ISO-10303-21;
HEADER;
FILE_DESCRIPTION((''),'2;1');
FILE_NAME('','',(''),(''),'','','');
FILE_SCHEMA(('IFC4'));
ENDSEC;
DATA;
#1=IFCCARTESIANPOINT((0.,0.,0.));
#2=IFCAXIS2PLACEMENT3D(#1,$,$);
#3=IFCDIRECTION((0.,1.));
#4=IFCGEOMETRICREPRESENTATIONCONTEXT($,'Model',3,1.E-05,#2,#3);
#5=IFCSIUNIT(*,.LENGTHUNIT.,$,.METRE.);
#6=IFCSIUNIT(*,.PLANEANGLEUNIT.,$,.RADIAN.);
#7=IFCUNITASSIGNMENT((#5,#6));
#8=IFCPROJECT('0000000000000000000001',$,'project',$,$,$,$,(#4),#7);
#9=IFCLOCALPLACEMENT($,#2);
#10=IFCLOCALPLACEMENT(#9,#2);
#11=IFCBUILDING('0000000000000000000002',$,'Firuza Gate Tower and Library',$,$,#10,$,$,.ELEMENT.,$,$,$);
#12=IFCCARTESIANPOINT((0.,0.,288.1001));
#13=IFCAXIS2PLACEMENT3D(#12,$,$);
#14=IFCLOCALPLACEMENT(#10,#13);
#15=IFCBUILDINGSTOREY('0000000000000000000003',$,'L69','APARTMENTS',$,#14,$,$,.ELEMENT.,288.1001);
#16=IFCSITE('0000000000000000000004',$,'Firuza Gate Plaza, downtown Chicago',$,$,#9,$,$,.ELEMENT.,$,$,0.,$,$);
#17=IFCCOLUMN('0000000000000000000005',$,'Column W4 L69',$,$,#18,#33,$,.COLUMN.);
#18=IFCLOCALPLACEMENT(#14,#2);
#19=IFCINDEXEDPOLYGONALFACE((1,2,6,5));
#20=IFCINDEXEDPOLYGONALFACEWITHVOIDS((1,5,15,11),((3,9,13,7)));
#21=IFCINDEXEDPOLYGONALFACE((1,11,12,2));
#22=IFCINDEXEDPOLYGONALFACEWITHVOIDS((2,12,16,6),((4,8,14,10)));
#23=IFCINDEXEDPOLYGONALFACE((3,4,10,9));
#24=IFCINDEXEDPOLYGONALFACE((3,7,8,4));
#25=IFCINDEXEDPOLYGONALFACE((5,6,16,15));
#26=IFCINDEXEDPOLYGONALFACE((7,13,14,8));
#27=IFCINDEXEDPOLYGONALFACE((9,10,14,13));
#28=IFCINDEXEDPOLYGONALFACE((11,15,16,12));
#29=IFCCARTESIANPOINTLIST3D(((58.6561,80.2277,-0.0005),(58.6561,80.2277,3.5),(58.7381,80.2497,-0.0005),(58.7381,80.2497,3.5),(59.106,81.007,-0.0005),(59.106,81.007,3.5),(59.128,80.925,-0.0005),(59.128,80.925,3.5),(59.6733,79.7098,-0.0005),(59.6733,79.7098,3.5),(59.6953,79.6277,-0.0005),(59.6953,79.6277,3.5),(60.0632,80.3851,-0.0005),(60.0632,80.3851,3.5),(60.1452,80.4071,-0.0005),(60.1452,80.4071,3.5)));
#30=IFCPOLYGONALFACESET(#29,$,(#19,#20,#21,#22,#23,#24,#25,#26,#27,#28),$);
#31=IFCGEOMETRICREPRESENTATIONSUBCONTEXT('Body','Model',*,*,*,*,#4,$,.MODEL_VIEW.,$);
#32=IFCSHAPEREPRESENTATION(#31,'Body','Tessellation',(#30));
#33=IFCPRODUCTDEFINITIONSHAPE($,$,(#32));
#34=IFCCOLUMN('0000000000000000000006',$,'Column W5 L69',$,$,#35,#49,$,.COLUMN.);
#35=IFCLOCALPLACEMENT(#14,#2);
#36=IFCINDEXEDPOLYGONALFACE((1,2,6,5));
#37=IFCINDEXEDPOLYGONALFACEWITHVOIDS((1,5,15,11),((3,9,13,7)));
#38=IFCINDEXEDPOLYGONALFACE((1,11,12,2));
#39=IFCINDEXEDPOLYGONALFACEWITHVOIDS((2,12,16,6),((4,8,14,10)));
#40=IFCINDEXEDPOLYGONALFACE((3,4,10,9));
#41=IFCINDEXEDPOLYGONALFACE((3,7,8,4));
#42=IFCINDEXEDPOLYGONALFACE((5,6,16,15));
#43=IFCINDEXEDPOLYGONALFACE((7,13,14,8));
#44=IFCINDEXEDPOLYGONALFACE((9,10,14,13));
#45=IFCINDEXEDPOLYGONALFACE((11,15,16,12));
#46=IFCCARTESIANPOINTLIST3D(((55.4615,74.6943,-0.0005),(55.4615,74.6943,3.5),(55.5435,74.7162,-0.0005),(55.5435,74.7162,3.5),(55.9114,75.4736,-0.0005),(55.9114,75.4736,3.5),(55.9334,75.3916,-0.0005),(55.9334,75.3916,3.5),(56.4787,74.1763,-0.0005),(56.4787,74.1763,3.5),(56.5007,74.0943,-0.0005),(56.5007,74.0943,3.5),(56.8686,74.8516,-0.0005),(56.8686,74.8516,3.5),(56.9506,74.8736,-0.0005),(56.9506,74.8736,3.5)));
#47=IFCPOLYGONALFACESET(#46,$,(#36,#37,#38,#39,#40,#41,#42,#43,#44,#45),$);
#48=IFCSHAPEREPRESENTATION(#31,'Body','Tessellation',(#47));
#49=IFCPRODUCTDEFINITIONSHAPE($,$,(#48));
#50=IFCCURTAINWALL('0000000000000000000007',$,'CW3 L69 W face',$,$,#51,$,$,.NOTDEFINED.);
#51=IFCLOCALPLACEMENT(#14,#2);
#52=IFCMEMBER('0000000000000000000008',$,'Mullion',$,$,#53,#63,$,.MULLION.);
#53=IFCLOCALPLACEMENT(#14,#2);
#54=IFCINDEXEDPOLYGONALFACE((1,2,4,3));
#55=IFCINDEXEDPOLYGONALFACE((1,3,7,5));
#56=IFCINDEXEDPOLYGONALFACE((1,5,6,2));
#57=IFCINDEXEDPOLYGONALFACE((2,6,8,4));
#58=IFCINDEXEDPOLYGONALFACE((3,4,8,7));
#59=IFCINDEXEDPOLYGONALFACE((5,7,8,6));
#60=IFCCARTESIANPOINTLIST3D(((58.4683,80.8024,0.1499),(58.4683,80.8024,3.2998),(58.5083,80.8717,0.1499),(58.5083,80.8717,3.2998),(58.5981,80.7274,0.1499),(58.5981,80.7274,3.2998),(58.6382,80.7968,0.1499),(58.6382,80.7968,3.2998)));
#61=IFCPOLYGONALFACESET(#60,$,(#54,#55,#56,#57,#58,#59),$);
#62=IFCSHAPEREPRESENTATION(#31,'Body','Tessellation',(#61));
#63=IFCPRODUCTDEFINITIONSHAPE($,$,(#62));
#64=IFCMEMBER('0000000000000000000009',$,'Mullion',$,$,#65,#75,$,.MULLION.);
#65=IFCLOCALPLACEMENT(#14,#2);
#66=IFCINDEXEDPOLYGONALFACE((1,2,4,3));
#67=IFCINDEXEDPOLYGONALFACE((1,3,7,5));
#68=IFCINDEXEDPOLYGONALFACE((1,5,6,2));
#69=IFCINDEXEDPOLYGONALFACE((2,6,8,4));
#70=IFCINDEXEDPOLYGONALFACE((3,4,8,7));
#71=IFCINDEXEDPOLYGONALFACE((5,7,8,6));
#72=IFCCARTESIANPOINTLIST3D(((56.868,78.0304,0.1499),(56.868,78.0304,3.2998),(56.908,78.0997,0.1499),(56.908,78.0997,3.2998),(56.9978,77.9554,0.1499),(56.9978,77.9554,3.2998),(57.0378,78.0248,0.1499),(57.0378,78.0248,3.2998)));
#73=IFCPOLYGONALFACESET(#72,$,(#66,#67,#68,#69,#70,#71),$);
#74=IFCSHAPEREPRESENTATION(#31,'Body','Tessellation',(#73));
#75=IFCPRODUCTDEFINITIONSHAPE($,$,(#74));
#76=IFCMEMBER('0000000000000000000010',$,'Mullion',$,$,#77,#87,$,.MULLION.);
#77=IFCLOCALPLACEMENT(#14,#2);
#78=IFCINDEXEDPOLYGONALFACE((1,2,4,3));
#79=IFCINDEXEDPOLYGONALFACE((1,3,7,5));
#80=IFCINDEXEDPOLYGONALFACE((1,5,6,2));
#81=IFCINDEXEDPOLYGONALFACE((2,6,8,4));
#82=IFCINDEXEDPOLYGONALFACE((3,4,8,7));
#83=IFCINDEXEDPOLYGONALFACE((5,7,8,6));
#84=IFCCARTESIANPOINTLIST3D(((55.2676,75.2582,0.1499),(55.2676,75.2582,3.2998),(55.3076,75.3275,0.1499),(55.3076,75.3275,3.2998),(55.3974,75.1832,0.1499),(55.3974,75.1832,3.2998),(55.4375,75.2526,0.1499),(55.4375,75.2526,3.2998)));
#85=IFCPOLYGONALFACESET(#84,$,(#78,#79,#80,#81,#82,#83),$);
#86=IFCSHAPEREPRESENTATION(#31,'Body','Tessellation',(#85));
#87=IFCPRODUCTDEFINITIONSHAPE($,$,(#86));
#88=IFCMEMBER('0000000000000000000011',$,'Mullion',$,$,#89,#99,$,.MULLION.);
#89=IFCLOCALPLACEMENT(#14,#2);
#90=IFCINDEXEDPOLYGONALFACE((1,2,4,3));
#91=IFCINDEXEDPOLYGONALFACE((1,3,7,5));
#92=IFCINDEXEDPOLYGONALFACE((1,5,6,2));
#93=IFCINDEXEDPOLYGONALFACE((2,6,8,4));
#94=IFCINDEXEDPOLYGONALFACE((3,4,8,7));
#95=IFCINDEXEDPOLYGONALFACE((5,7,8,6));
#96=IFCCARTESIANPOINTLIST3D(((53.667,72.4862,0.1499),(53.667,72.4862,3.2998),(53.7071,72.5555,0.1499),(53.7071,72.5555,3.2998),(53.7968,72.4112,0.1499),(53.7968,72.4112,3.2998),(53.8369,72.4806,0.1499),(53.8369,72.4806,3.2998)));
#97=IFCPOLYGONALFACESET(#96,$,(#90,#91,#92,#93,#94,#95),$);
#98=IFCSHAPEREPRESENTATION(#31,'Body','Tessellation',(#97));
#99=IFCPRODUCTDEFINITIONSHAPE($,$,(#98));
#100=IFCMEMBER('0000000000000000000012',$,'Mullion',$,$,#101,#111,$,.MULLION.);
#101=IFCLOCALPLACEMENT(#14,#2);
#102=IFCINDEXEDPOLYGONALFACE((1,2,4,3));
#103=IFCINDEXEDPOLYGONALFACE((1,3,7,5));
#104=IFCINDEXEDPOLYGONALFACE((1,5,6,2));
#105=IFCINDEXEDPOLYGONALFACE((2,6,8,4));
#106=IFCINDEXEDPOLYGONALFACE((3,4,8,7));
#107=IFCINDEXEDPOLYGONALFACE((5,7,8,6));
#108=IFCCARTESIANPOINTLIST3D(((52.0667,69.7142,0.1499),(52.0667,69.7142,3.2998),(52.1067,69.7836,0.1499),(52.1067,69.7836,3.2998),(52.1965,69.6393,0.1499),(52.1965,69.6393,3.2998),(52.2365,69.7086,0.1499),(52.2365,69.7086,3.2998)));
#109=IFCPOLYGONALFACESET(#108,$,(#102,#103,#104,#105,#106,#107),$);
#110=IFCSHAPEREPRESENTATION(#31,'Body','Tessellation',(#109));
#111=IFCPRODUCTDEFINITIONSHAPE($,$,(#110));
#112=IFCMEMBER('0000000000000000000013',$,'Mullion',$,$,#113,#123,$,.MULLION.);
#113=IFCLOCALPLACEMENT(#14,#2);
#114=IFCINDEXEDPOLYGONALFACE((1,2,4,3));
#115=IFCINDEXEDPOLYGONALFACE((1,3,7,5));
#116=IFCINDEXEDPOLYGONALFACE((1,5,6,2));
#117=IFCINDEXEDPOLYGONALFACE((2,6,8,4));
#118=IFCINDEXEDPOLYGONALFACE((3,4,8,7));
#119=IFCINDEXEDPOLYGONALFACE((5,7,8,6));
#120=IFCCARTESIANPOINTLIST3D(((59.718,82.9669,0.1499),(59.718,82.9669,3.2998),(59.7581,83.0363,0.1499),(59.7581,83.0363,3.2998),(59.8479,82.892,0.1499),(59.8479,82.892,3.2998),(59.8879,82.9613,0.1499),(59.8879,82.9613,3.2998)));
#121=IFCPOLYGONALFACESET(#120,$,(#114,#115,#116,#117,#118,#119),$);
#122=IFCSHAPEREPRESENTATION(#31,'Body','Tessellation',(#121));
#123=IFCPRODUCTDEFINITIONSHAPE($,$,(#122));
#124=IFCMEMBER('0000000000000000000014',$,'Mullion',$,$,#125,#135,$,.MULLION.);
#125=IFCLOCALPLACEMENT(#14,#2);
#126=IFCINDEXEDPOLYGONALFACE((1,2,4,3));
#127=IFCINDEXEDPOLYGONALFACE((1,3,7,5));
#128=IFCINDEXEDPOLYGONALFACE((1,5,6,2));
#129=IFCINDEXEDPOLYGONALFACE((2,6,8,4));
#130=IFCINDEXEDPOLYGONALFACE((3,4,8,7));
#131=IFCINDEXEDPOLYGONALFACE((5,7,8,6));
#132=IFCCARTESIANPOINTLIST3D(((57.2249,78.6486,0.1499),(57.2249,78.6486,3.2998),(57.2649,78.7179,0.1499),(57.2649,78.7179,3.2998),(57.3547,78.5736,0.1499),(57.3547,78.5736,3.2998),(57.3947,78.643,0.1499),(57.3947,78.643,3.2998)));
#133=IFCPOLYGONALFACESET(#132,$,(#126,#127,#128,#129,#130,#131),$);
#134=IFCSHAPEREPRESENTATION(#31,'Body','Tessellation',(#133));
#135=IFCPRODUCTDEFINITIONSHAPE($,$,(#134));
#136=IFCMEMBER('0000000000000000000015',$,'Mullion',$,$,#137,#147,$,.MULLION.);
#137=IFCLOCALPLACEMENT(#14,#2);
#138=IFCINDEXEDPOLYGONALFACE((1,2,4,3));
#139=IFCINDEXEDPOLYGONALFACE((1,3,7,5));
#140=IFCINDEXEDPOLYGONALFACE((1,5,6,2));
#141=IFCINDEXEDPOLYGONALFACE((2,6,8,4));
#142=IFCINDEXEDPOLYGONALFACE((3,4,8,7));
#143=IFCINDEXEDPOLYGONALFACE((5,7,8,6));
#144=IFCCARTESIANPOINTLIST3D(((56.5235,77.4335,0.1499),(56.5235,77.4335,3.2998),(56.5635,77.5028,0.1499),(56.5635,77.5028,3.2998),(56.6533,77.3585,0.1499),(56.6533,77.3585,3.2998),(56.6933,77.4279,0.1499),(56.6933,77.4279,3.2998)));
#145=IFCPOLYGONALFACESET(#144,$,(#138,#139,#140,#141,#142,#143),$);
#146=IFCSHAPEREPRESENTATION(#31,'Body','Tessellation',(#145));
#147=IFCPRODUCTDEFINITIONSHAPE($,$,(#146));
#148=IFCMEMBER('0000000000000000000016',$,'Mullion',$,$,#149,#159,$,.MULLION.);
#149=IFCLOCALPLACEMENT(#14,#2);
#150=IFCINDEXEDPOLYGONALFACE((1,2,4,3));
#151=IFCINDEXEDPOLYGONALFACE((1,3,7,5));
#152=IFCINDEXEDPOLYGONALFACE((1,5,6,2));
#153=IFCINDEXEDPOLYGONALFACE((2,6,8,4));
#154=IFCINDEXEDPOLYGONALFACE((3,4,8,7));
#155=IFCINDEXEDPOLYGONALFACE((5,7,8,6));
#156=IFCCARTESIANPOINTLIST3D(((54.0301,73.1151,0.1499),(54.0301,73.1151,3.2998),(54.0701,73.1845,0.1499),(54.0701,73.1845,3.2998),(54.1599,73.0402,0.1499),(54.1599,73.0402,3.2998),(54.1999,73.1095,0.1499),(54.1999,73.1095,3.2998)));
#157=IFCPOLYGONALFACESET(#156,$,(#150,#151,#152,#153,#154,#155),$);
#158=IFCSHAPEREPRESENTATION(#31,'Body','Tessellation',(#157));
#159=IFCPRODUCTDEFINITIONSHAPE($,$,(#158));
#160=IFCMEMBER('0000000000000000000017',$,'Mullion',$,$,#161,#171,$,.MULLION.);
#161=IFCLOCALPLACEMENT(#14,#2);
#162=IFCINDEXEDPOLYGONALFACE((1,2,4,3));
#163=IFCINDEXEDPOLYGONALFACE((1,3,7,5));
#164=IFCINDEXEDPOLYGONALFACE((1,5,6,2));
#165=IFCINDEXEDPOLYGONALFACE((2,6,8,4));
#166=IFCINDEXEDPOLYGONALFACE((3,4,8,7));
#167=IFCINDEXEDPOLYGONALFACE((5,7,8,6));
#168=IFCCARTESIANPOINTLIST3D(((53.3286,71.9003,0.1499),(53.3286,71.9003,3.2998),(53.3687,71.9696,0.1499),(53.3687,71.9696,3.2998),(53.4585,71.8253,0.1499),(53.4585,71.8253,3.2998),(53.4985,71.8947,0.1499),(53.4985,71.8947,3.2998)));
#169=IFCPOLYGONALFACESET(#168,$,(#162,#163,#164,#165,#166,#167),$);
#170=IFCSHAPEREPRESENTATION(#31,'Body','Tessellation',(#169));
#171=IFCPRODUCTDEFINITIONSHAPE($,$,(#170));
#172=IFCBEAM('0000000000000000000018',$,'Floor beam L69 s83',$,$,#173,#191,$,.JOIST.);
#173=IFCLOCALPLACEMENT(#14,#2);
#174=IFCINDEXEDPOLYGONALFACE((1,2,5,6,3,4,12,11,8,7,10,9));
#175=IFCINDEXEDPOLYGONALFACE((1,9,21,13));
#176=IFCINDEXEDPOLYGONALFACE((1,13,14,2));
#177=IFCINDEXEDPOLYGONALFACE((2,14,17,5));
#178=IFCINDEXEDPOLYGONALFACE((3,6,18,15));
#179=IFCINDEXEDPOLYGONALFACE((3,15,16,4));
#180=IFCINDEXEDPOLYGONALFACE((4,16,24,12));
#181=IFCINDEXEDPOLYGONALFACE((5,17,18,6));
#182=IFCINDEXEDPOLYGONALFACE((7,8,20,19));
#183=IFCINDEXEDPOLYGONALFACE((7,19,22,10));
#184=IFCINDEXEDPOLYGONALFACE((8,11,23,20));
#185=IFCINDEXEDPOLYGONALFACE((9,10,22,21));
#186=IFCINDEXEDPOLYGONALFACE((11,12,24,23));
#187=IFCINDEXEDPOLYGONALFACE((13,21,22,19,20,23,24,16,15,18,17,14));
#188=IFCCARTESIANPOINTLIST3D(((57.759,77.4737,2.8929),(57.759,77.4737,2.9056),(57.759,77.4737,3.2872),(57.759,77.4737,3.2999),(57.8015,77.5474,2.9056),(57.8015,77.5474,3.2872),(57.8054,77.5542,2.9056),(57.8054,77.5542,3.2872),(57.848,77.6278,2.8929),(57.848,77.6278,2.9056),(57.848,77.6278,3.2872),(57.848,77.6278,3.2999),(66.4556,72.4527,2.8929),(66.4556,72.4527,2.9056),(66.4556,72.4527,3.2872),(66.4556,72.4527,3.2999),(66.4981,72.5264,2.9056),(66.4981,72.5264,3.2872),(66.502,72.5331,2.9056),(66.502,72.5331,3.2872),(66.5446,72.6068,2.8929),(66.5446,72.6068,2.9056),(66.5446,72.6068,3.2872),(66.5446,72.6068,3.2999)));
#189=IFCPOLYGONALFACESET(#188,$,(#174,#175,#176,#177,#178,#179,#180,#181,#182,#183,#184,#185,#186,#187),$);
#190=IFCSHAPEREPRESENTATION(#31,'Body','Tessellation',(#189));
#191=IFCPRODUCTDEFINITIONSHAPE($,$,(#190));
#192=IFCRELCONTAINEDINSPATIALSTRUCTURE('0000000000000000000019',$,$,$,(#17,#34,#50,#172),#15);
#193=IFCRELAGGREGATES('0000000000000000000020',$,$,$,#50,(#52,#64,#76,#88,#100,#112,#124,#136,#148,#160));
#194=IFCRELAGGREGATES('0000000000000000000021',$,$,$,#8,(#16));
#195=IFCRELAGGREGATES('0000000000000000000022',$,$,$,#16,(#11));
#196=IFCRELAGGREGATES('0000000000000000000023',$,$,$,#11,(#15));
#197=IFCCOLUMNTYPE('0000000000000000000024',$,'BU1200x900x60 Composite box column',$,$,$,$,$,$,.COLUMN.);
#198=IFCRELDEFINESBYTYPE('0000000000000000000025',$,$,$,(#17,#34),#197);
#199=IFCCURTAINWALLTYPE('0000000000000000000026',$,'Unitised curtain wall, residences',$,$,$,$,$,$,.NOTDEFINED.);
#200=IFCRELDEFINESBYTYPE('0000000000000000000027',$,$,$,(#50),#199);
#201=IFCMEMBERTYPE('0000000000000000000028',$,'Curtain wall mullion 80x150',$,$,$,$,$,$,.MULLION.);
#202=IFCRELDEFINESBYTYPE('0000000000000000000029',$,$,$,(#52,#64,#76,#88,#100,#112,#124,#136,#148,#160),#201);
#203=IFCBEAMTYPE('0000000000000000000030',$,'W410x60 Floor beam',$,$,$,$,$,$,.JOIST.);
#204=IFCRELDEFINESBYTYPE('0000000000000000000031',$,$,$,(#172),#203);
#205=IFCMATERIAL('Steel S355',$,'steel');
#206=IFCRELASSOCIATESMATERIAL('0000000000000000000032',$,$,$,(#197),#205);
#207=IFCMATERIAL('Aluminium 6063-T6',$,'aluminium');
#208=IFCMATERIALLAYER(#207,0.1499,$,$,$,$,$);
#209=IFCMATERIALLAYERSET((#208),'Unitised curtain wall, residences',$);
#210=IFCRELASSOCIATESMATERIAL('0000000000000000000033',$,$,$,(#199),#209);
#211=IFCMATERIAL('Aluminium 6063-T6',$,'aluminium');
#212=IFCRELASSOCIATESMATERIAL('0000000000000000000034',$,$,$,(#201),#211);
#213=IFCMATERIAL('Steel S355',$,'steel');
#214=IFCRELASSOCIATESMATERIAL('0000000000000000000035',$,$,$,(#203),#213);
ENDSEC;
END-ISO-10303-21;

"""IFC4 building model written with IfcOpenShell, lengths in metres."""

from ifc_helpers import new_model, si_unit, direction, frame, origin, origin_2d, place, context, subcontext, project, spatial, rectangle, hollow_rectangle, i_section, extrude, material, layer, layer_set, material_profile, profile_set, type_object, element, aggregate, save


model = new_model("IFC4")

# Units and contexts
model_context = context("Model", 3, precision=1e-05, world=origin(), true_north=direction((0.0, 1.0)))
body_context = subcontext(model_context, "Body", "Model", "MODEL_VIEW")
ifc_project = project(units=[si_unit("LENGTHUNIT", "METRE"), si_unit("PLANEANGLEUNIT", "RADIAN")], contexts=[model_context])

# Site, building, storey
site_placement = place(None, origin())
site = spatial("IfcSite", under=ifc_project, at=site_placement, Name="Firuza Gate Plaza, downtown Chicago", CompositionType="ELEMENT", RefElevation=0.0)
building_placement = place(site_placement, origin())
building = spatial("IfcBuilding", under=site, at=building_placement, Name="Firuza Gate Tower and Library", CompositionType="ELEMENT")
storey_placement = place(building_placement, frame((0.0, 0.0, 288.1001)))
storey = spatial("IfcBuildingStorey", under=building, at=storey_placement, Name="L69", Description="APARTMENTS", CompositionType="ELEMENT", Elevation=288.1001)

# Columns
ifc_material_1 = material(Name="Steel S355", Category="steel")
ifc_material_profile_1 = material_profile(ifc_material_1, hollow_rectangle(XDim=0.8999, YDim=1.2, WallThickness=0.0601, at=origin_2d()))
ifc_profile_set_1 = profile_set([ifc_material_profile_1], Name="Steel S355")
column_type = type_object("IfcColumnType", Name="BU1200x900x60 Composite box column", PredefinedType="COLUMN", material=ifc_profile_set_1)
for number, where, z_axis, x_axis, name in (
    (1, (59.4006, 80.3174, -0.0005), (0.0, 0.0, 1.0), (-0.5, -0.866025, 0.0), "Column W4 L69"),
    (2, (56.2061, 74.7839, -0.0005), (0.0, 0.0, 1.0), (-0.5, -0.866025, 0.0), "Column W5 L69"),
):
    element("IfcColumn", number, at=place(storey_placement, frame(where, z_axis=z_axis, x_axis=x_axis)), inside=storey, type_object=column_type, Name=name, PredefinedType="COLUMN", context=body_context, shape_type="SweptSolid", body=[
        extrude(hollow_rectangle(XDim=0.8999, YDim=1.2, WallThickness=0.0601, at=origin_2d()), origin(), (0.0, 0.0, 1.0), 3.5005),
    ])

# Curtain wall, members
ifc_material_2 = material(Name="Aluminium 6063-T6", Category="aluminium")
ifc_layer_1 = layer(ifc_material_2, 0.1499)
ifc_layer_set_1 = layer_set([ifc_layer_1], Name="Unitised curtain wall, residences")
curtain_wall_type = type_object("IfcCurtainWallType", Name="Unitised curtain wall, residences", PredefinedType="NOTDEFINED", material=ifc_layer_set_1)
curtain_wall_placement = place(storey_placement, origin())
curtain_wall = element("IfcCurtainWall", 3, at=curtain_wall_placement, inside=storey, type_object=curtain_wall_type, Name="CW3 L69 W face", PredefinedType="NOTDEFINED")
ifc_material_3 = material(Name="Aluminium 6063-T6", Category="aluminium")
ifc_material_profile_2 = material_profile(ifc_material_3, rectangle(XDim=0.1499, YDim=0.0801, at=origin_2d()))
ifc_profile_set_2 = profile_set([ifc_material_profile_2], Name="Aluminium 6063-T6")
member_type = type_object("IfcMemberType", Name="Curtain wall mullion 80x150", PredefinedType="MULLION", material=ifc_profile_set_2)
member_1_placement = place(storey_placement, frame((58.5532, 80.7996, 0.1499), z_axis=(0.0, 0.0, 1.0), x_axis=(0.866025, -0.5, 0.0)))
member_1 = element("IfcMember", 4, at=member_1_placement, type_object=member_type, Name="Mullion", PredefinedType="MULLION", context=body_context, shape_type="SweptSolid", body=[
    extrude(rectangle(XDim=0.1499, YDim=0.0801, at=origin_2d()), origin(), (0.0, 0.0, 1.0), 3.1499),
])
member_2_placement = place(storey_placement, frame((56.9529, 78.0276, 0.1499), z_axis=(0.0, 0.0, 1.0), x_axis=(0.866025, -0.5, 0.0)))
member_2 = element("IfcMember", 5, at=member_2_placement, type_object=member_type, Name="Mullion", PredefinedType="MULLION", context=body_context, shape_type="SweptSolid", body=[
    extrude(rectangle(XDim=0.1499, YDim=0.0801, at=origin_2d()), origin(), (0.0, 0.0, 1.0), 3.1499),
])
member_3_placement = place(storey_placement, frame((55.3525, 75.2554, 0.1499), z_axis=(0.0, 0.0, 1.0), x_axis=(0.866025, -0.5, 0.0)))
member_3 = element("IfcMember", 6, at=member_3_placement, type_object=member_type, Name="Mullion", PredefinedType="MULLION", context=body_context, shape_type="SweptSolid", body=[
    extrude(rectangle(XDim=0.1499, YDim=0.0801, at=origin_2d()), origin(), (0.0, 0.0, 1.0), 3.1499),
])
member_4_placement = place(storey_placement, frame((53.752, 72.4834, 0.1499), z_axis=(0.0, 0.0, 1.0), x_axis=(0.866025, -0.5, 0.0)))
member_4 = element("IfcMember", 7, at=member_4_placement, type_object=member_type, Name="Mullion", PredefinedType="MULLION", context=body_context, shape_type="SweptSolid", body=[
    extrude(rectangle(XDim=0.1499, YDim=0.0801, at=origin_2d()), origin(), (0.0, 0.0, 1.0), 3.1499),
])
member_5_placement = place(storey_placement, frame((52.1516, 69.7114, 0.1499), z_axis=(0.0, 0.0, 1.0), x_axis=(0.866025, -0.5, 0.0)))
member_5 = element("IfcMember", 8, at=member_5_placement, type_object=member_type, Name="Mullion", PredefinedType="MULLION", context=body_context, shape_type="SweptSolid", body=[
    extrude(rectangle(XDim=0.1499, YDim=0.0801, at=origin_2d()), origin(), (0.0, 0.0, 1.0), 3.1499),
])
member_6_placement = place(storey_placement, frame((59.803, 82.9641, 0.1499), z_axis=(0.0, 0.0, 1.0), x_axis=(0.866025, -0.5, 0.0)))
member_6 = element("IfcMember", 9, at=member_6_placement, type_object=member_type, Name="Mullion", PredefinedType="MULLION", context=body_context, shape_type="SweptSolid", body=[
    extrude(rectangle(XDim=0.1499, YDim=0.0801, at=origin_2d()), origin(), (0.0, 0.0, 1.0), 3.1499),
])
member_7_placement = place(storey_placement, frame((57.3098, 78.6458, 0.1499), z_axis=(0.0, 0.0, 1.0), x_axis=(0.866025, -0.5, 0.0)))
member_7 = element("IfcMember", 10, at=member_7_placement, type_object=member_type, Name="Mullion", PredefinedType="MULLION", context=body_context, shape_type="SweptSolid", body=[
    extrude(rectangle(XDim=0.1499, YDim=0.0801, at=origin_2d()), origin(), (0.0, 0.0, 1.0), 3.1499),
])
member_8_placement = place(storey_placement, frame((56.6084, 77.4307, 0.1499), z_axis=(0.0, 0.0, 1.0), x_axis=(0.866025, -0.5, 0.0)))
member_8 = element("IfcMember", 11, at=member_8_placement, type_object=member_type, Name="Mullion", PredefinedType="MULLION", context=body_context, shape_type="SweptSolid", body=[
    extrude(rectangle(XDim=0.1499, YDim=0.0801, at=origin_2d()), origin(), (0.0, 0.0, 1.0), 3.1499),
])
member_9_placement = place(storey_placement, frame((54.115, 73.1123, 0.1499), z_axis=(0.0, 0.0, 1.0), x_axis=(0.866025, -0.5, 0.0)))
member_9 = element("IfcMember", 12, at=member_9_placement, type_object=member_type, Name="Mullion", PredefinedType="MULLION", context=body_context, shape_type="SweptSolid", body=[
    extrude(rectangle(XDim=0.1499, YDim=0.0801, at=origin_2d()), origin(), (0.0, 0.0, 1.0), 3.1499),
])
member_10_placement = place(storey_placement, frame((53.4136, 71.8975, 0.1499), z_axis=(0.0, 0.0, 1.0), x_axis=(0.866025, -0.5, 0.0)))
member_10 = element("IfcMember", 13, at=member_10_placement, type_object=member_type, Name="Mullion", PredefinedType="MULLION", context=body_context, shape_type="SweptSolid", body=[
    extrude(rectangle(XDim=0.1499, YDim=0.0801, at=origin_2d()), origin(), (0.0, 0.0, 1.0), 3.1499),
])

# Beam
ifc_material_4 = material(Name="Steel S355", Category="steel")
ifc_material_profile_3 = material_profile(ifc_material_4, i_section(OverallWidth=0.178, OverallDepth=0.407, WebThickness=0.0078, FlangeThickness=0.0127, at=origin_2d()))
ifc_profile_set_3 = profile_set([ifc_material_profile_3], Name="Steel S355")
beam_type_1 = type_object("IfcBeamType", Name="W410x60 Floor beam", PredefinedType="JOIST", material=ifc_profile_set_3)
beam_1_placement = place(storey_placement, frame((57.8035, 77.5508, 3.0964), z_axis=(0.866023, -0.500004, 0.0), x_axis=(0.500004, 0.866023, 0.0)))
element("IfcBeam", 14, at=beam_1_placement, inside=storey, type_object=beam_type_1, Name="Floor beam L69 s83", PredefinedType="JOIST", context=body_context, shape_type="SweptSolid", body=[
    extrude(i_section(OverallWidth=0.178, OverallDepth=0.407, WebThickness=0.0078, FlangeThickness=0.0127, at=origin_2d()), origin(), (0.0, 0.0, 1.0), 10.042),
])

aggregate(curtain_wall, [member_1, member_2, member_3, member_4, member_5, member_6, member_7, member_8, member_9, member_10])

save(model, "model.ifc")
